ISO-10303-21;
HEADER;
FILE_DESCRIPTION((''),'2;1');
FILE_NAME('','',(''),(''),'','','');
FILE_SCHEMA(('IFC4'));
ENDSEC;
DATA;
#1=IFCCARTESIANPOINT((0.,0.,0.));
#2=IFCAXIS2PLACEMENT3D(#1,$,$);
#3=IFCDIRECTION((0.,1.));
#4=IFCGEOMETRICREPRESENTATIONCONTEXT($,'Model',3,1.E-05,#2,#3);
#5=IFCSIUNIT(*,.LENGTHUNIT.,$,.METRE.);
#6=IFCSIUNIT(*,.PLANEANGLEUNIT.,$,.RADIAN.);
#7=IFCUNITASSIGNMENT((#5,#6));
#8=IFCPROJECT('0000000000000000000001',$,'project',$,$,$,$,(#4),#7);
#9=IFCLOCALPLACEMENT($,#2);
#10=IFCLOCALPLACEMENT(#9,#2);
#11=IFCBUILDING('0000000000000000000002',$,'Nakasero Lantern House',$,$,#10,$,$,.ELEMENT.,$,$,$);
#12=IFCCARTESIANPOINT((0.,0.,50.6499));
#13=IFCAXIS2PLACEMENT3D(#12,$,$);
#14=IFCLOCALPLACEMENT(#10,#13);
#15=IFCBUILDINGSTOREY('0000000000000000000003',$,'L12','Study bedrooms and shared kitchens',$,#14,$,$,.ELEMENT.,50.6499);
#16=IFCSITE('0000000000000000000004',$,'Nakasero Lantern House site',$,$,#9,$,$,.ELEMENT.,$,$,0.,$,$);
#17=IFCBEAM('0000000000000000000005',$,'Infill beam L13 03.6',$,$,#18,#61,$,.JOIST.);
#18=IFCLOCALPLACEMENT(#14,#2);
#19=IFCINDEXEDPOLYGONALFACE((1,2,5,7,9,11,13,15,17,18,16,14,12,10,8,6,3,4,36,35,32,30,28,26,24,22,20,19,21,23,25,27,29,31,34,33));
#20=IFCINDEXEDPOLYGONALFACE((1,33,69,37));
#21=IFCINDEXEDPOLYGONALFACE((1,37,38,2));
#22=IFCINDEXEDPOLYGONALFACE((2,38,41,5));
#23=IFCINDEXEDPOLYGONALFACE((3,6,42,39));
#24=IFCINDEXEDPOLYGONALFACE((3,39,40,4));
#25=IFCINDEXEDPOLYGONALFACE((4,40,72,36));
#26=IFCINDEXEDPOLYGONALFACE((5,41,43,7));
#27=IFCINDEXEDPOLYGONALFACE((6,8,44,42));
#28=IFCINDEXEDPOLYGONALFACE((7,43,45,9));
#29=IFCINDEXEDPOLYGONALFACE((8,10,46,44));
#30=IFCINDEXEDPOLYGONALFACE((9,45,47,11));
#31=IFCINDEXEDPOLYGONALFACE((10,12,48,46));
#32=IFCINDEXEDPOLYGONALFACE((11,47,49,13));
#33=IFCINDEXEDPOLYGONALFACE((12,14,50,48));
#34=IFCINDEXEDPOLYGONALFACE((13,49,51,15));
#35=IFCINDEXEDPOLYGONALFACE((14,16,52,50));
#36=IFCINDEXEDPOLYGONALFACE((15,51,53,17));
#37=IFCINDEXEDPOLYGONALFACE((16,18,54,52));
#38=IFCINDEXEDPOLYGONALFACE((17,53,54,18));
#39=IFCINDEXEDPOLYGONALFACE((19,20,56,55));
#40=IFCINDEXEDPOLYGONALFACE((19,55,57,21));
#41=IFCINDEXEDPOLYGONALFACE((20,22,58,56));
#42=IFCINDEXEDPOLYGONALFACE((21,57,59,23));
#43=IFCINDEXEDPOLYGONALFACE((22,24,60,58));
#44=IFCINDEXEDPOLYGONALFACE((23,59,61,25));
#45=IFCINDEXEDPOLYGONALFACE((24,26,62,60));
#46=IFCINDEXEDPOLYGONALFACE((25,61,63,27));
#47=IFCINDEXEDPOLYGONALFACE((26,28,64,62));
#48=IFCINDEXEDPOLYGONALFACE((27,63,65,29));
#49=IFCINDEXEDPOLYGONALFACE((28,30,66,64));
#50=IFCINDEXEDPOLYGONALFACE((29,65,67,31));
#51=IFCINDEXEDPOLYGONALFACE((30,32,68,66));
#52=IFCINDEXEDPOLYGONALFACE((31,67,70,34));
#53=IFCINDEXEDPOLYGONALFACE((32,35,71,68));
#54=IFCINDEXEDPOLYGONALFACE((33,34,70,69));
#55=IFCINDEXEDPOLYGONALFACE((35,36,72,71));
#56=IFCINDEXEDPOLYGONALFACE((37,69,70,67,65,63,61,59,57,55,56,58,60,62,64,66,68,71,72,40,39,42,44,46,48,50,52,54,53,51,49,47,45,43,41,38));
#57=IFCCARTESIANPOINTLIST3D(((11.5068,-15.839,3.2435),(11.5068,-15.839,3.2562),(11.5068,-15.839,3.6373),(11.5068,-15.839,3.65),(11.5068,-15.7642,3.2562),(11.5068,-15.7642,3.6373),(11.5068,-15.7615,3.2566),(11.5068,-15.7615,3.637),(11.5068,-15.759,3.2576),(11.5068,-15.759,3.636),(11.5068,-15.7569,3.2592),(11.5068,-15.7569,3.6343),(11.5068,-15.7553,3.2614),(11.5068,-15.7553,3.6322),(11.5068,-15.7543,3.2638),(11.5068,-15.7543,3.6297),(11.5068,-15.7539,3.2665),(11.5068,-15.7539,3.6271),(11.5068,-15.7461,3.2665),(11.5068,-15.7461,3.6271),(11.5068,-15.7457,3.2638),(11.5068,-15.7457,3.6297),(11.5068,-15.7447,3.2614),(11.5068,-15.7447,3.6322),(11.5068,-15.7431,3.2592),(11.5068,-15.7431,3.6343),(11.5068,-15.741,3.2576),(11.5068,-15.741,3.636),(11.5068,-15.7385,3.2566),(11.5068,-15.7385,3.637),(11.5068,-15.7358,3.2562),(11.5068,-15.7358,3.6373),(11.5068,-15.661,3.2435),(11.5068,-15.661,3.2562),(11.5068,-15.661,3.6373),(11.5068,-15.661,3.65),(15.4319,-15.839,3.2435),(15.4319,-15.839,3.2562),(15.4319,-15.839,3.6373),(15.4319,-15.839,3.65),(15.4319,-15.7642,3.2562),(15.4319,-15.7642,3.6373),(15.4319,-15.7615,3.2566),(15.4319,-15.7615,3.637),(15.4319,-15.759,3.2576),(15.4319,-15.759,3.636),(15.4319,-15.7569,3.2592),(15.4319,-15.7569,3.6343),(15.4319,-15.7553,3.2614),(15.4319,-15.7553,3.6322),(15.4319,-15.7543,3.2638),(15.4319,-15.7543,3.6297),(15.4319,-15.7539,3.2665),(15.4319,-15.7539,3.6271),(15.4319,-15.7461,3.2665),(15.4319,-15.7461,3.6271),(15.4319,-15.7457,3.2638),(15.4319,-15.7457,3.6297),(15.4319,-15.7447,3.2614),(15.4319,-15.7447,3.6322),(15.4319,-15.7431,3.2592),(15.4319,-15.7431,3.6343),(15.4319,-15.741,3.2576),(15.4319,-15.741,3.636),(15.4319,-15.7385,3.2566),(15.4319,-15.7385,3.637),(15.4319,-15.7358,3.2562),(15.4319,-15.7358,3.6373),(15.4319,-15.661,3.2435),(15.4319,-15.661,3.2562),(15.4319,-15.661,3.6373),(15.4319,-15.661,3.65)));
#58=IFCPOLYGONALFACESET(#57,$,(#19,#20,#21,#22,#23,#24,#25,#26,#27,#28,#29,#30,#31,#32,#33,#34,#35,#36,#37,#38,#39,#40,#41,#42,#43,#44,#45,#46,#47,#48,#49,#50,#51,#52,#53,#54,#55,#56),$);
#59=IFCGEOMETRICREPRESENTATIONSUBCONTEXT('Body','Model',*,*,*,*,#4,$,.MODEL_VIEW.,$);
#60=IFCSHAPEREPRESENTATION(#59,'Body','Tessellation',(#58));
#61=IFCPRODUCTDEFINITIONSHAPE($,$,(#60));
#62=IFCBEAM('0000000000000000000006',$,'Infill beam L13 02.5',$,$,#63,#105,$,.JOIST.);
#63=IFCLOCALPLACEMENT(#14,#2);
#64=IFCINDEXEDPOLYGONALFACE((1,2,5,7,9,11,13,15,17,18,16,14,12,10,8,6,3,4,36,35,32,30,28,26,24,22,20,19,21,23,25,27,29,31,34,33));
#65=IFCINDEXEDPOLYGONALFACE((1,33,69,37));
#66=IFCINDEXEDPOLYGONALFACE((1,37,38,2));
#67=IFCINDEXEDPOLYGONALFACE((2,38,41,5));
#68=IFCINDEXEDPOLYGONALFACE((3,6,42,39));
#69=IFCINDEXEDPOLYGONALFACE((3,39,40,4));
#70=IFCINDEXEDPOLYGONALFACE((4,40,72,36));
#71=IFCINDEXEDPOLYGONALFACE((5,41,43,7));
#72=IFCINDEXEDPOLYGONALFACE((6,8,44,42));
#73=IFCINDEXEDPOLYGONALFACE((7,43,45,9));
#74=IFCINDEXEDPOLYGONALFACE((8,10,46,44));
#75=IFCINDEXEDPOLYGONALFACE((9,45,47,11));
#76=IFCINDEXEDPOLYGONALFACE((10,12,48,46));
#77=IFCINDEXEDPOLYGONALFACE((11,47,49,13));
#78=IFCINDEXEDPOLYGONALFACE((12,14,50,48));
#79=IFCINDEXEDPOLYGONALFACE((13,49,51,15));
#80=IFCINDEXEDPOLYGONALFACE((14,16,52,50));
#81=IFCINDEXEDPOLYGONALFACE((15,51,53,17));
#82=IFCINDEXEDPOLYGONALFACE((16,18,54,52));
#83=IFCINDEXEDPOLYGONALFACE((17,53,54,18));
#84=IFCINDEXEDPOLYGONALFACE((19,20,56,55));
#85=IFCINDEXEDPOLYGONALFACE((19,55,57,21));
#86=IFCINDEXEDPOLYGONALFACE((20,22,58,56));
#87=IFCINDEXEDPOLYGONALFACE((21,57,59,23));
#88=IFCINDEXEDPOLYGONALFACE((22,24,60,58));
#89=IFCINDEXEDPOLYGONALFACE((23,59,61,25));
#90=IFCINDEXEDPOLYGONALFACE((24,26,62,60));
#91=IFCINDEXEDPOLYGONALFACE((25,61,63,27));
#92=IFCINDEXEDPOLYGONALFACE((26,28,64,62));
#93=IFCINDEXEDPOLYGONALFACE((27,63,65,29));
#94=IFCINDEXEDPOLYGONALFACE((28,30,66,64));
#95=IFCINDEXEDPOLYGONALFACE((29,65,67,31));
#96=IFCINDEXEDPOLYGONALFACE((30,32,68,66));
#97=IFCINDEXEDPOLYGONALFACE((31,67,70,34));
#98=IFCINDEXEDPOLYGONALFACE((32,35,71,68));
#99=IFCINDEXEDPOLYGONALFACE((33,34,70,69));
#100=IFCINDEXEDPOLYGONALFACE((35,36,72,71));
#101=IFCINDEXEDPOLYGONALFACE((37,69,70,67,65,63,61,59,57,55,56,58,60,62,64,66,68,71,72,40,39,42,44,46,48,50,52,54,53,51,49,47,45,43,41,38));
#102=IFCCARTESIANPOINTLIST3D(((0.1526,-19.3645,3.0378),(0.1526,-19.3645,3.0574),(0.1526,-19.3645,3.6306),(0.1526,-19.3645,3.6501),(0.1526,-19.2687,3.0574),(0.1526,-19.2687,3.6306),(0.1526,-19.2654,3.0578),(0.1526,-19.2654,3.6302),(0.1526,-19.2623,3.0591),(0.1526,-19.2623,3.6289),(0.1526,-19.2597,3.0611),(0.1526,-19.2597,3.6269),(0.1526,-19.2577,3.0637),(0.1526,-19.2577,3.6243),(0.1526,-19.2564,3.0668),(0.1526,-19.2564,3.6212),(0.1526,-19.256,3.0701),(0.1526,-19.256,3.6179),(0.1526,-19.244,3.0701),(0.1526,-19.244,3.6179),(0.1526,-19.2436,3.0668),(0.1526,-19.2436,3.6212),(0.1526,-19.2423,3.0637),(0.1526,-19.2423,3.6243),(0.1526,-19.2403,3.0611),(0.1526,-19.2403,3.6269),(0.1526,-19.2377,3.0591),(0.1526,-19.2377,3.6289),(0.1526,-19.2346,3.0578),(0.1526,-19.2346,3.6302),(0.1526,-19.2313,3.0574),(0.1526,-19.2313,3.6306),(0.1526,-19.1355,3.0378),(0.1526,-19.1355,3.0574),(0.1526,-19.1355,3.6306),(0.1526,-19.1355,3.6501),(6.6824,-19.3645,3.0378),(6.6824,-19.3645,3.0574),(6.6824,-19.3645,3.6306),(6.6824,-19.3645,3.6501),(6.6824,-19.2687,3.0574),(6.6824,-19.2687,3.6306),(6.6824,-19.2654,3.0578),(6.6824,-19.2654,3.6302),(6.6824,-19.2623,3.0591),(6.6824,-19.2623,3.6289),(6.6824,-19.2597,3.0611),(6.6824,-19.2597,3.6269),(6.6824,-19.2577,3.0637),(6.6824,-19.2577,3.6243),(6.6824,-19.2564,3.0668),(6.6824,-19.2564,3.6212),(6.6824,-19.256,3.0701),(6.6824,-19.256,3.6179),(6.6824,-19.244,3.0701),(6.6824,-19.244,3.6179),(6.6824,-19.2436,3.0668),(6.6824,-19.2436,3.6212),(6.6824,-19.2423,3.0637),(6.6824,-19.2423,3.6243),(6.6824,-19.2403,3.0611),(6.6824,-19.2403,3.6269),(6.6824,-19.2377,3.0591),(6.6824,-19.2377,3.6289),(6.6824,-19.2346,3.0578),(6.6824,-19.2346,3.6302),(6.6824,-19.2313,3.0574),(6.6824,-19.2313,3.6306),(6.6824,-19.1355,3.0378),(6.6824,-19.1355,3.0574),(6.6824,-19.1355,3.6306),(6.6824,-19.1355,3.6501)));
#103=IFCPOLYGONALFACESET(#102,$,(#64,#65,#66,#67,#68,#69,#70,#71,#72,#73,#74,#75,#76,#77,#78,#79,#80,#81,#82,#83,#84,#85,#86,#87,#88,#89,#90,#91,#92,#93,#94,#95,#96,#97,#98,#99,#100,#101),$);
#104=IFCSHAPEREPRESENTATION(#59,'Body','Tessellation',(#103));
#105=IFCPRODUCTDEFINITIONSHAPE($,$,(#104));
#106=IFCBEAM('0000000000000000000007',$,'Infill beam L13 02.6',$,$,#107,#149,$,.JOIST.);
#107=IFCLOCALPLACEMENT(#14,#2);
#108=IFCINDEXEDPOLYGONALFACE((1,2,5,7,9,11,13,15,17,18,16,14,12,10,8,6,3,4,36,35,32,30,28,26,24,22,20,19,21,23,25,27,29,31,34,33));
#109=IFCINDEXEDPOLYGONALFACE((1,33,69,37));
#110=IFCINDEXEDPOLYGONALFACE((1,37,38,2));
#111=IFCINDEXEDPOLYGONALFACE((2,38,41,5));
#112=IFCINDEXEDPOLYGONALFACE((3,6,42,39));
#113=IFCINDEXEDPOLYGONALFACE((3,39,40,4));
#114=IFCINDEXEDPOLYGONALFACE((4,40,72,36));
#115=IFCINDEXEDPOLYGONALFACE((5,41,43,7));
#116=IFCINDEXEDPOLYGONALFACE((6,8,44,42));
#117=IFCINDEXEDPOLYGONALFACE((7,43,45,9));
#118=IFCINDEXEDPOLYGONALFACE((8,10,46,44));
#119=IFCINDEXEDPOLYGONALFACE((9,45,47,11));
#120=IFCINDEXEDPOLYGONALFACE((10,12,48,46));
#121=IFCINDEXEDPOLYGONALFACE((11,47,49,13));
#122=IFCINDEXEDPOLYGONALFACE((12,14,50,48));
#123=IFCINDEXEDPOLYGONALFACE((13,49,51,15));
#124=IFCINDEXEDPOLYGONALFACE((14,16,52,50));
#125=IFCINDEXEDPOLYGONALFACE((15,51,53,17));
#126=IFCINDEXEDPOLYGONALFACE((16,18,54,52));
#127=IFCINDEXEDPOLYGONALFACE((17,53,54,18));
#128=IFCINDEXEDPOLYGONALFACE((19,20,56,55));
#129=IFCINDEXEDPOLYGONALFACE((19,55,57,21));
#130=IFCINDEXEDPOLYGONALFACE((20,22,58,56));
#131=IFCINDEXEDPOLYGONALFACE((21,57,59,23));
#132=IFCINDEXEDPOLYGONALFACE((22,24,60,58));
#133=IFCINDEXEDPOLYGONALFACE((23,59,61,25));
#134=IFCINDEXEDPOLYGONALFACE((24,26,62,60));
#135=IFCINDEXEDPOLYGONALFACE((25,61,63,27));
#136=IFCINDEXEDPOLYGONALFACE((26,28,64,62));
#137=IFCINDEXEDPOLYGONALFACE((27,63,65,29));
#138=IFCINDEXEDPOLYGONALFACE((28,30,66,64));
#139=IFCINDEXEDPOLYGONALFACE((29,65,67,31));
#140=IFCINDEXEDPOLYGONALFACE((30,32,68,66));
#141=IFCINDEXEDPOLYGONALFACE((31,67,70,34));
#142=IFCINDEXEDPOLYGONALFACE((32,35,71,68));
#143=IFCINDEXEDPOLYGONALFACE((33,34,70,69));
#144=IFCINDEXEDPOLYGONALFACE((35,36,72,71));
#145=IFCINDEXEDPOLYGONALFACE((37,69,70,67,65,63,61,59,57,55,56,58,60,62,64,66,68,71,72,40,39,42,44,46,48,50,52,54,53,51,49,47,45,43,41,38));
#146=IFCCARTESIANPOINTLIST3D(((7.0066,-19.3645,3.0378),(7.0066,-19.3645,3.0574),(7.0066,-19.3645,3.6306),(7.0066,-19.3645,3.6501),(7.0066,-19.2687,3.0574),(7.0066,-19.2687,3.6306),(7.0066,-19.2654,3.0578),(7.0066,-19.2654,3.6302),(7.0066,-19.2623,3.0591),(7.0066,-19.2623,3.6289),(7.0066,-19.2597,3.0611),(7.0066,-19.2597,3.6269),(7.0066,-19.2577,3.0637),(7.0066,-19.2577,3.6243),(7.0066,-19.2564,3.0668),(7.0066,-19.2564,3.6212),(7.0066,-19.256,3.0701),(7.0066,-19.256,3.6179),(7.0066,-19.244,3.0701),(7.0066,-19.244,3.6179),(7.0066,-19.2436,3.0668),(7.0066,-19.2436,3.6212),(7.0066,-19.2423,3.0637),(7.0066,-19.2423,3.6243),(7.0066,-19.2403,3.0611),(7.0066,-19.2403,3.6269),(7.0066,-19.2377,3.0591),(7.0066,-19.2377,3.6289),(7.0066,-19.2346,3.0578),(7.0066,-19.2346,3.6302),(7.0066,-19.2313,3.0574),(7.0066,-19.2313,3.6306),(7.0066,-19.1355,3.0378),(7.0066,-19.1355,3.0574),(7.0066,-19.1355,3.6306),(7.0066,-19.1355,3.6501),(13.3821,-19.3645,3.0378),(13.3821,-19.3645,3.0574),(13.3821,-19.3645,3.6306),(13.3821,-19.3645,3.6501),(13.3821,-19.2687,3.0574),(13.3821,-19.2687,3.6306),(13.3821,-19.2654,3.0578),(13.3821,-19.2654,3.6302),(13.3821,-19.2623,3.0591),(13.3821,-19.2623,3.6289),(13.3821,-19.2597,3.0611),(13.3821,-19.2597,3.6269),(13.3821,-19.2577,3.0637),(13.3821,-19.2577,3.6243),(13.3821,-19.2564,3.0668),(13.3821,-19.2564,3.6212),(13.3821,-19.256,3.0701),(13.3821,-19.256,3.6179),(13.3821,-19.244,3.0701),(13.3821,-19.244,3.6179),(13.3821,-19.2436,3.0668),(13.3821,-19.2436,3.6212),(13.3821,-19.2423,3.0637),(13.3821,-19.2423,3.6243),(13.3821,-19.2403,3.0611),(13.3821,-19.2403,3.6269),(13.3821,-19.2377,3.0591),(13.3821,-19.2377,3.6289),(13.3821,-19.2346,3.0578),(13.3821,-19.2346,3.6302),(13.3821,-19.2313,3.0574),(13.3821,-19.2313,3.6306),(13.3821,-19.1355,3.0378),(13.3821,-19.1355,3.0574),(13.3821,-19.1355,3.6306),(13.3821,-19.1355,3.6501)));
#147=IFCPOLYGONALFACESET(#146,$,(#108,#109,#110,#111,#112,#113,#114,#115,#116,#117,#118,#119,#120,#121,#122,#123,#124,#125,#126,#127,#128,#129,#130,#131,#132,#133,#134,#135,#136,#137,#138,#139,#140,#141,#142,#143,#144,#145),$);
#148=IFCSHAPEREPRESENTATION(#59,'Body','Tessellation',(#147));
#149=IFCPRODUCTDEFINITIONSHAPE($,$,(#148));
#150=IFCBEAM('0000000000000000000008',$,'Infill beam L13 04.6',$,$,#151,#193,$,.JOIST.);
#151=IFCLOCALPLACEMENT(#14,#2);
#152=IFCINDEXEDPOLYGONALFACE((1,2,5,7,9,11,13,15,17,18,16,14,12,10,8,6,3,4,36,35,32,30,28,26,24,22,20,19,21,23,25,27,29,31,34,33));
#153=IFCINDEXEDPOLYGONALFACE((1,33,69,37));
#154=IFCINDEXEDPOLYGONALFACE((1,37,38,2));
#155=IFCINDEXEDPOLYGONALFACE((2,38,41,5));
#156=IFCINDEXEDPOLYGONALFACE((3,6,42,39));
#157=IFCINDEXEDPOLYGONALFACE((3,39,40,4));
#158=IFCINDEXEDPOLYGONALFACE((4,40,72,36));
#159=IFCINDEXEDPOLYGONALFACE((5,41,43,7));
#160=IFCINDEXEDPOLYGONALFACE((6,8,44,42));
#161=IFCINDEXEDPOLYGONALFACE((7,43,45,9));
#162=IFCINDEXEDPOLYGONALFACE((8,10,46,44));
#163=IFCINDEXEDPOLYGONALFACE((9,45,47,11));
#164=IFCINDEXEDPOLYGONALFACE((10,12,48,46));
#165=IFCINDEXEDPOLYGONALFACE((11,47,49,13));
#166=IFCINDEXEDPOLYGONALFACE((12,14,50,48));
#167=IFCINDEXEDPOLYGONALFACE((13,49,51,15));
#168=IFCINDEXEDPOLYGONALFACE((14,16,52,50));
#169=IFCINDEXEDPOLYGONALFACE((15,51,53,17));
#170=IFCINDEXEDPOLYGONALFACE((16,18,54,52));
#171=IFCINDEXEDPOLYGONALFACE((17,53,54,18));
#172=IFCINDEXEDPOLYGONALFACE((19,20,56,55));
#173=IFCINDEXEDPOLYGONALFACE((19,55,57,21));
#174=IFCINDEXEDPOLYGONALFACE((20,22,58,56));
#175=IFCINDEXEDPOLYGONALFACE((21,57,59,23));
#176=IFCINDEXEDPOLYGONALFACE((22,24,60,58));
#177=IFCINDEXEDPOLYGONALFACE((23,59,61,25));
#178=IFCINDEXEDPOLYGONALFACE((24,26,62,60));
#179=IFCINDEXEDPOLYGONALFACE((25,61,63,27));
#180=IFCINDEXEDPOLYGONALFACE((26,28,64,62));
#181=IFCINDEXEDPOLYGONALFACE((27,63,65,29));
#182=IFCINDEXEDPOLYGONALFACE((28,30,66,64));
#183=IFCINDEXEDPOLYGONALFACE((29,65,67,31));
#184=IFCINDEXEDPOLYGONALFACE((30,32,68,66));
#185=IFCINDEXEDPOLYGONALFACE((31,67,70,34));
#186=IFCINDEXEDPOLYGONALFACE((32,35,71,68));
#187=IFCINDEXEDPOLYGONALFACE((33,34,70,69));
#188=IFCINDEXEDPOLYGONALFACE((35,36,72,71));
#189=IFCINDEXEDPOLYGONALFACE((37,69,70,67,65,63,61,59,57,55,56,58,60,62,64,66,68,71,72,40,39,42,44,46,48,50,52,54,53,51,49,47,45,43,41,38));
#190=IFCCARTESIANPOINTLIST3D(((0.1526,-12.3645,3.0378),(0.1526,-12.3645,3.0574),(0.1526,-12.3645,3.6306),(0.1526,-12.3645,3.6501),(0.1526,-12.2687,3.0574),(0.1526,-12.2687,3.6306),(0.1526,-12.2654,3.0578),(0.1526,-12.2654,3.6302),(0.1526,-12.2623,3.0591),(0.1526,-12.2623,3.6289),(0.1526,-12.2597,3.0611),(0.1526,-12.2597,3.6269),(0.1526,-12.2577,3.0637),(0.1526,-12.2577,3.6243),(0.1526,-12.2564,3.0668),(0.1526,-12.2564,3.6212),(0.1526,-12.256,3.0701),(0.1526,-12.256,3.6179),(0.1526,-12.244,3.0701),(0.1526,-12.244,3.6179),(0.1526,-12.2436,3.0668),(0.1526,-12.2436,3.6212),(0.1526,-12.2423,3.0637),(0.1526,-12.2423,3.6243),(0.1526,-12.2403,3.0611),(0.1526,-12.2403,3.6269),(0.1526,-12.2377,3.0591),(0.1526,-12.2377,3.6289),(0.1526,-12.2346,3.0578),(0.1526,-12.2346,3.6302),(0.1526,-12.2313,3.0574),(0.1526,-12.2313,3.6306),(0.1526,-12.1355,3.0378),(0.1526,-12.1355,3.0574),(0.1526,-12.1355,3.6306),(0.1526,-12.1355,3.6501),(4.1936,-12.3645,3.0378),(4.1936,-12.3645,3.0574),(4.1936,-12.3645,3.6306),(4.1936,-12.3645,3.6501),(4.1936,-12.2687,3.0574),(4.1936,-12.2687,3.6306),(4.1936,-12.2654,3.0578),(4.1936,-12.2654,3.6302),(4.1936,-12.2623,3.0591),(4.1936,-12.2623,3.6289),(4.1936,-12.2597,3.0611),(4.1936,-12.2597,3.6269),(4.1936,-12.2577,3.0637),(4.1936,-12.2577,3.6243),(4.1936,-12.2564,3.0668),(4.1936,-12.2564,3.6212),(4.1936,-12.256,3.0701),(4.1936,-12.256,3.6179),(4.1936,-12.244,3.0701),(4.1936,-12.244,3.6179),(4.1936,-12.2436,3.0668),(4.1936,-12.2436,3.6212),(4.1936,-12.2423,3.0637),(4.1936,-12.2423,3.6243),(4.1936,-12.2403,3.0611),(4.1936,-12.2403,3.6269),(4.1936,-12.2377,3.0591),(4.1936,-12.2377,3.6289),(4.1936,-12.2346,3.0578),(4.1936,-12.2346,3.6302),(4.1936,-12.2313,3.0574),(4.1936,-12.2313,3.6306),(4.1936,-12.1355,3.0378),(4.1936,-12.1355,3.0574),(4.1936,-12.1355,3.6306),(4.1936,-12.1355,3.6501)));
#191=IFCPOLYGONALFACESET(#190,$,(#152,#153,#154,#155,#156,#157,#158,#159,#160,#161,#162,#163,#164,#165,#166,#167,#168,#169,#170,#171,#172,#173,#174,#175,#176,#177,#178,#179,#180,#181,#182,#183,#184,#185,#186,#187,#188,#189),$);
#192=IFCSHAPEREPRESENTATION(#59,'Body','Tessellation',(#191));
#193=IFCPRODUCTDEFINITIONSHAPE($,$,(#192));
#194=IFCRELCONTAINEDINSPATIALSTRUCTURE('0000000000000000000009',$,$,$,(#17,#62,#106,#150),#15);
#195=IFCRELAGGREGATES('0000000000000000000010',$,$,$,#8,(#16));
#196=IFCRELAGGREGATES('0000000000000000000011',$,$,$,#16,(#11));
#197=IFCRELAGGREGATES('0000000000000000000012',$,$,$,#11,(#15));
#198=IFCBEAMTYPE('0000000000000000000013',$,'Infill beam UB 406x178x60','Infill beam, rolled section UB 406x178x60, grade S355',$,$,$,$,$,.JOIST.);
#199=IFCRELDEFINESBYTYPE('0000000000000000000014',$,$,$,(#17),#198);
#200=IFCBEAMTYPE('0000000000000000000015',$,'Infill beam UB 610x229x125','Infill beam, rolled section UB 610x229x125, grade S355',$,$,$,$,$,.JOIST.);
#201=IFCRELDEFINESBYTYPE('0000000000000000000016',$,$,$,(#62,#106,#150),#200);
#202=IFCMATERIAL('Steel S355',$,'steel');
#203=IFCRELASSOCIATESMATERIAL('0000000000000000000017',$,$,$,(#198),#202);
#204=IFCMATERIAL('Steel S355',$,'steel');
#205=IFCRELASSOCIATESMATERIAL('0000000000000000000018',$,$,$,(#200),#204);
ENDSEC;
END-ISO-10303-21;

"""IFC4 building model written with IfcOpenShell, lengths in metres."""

from ifc_helpers import new_model, si_unit, direction, frame, origin, origin_2d, place, context, subcontext, project, spatial, i_section, extrude, material, material_profile, profile_set, type_object, element, save


model = new_model("IFC4")

# Units and contexts
model_context = context("Model", 3, precision=1e-05, world=origin(), true_north=direction((0.0, 1.0)))
body_context = subcontext(model_context, "Body", "Model", "MODEL_VIEW")
ifc_project = project(units=[si_unit("LENGTHUNIT", "METRE"), si_unit("PLANEANGLEUNIT", "RADIAN")], contexts=[model_context])

# Site, building, storey
site_placement = place(None, origin())
site = spatial("IfcSite", under=ifc_project, at=site_placement, Name="Nakasero Lantern House site", CompositionType="ELEMENT", RefElevation=0.0)
building_placement = place(site_placement, origin())
building = spatial("IfcBuilding", under=site, at=building_placement, Name="Nakasero Lantern House", CompositionType="ELEMENT")
storey_placement = place(building_placement, frame((0.0, 0.0, 50.6499)))
storey = spatial("IfcBuildingStorey", under=building, at=storey_placement, Name="L12", Description="Study bedrooms and shared kitchens", CompositionType="ELEMENT", Elevation=50.6499)

# Beams
ifc_material_1 = material(Name="Steel S355", Category="steel")
ifc_material_profile_1 = material_profile(ifc_material_1, i_section(OverallWidth=0.178, OverallDepth=0.4065, WebThickness=0.0078, FlangeThickness=0.0127, FilletRadius=0.0103, at=origin_2d()), Name="UB 406x178x60")
ifc_profile_set_1 = profile_set([ifc_material_profile_1], Name="Steel S355")
beam_type_1 = type_object("IfcBeamType", Name="Infill beam UB 406x178x60", Description="Infill beam, rolled section UB 406x178x60, grade S355", PredefinedType="JOIST", material=ifc_profile_set_1)
beam_1_placement = place(storey_placement, frame((11.5068, -15.75, 3.4468), z_axis=(1.0, 0.0, 0.0), x_axis=(0.0, 1.0, 0.0)))
element("IfcBeam", 1, at=beam_1_placement, inside=storey, type_object=beam_type_1, Name="Infill beam L13 03.6", PredefinedType="JOIST", context=body_context, shape_type="SweptSolid", body=[
    extrude(i_section(OverallWidth=0.178, OverallDepth=0.4065, WebThickness=0.0078, FlangeThickness=0.0127, FilletRadius=0.0103, at=origin_2d()), origin(), (0.0, 0.0, 1.0), 3.925),
])
ifc_material_2 = material(Name="Steel S355", Category="steel")
ifc_material_profile_2 = material_profile(ifc_material_2, i_section(OverallWidth=0.229, OverallDepth=0.6123, WebThickness=0.012, FlangeThickness=0.0195, FilletRadius=0.0127, at=origin_2d()), Name="UB 610x229x125")
ifc_profile_set_2 = profile_set([ifc_material_profile_2], Name="Steel S355")
beam_type_2 = type_object("IfcBeamType", Name="Infill beam UB 610x229x125", Description="Infill beam, rolled section UB 610x229x125, grade S355", PredefinedType="JOIST", material=ifc_profile_set_2)
beam_2_placement = place(storey_placement, frame((0.1526, -19.25, 3.344), z_axis=(1.0, 0.0, 0.0), x_axis=(0.0, 1.0, 0.0)))
element("IfcBeam", 2, at=beam_2_placement, inside=storey, type_object=beam_type_2, Name="Infill beam L13 02.5", PredefinedType="JOIST", context=body_context, shape_type="SweptSolid", body=[
    extrude(i_section(OverallWidth=0.229, OverallDepth=0.6123, WebThickness=0.012, FlangeThickness=0.0195, FilletRadius=0.0127, at=origin_2d()), origin(), (0.0, 0.0, 1.0), 6.5298),
])
beam_3_placement = place(storey_placement, frame((7.0066, -19.25, 3.344), z_axis=(1.0, 0.0, 0.0), x_axis=(0.0, 1.0, 0.0)))
element("IfcBeam", 3, at=beam_3_placement, inside=storey, type_object=beam_type_2, Name="Infill beam L13 02.6", PredefinedType="JOIST", context=body_context, shape_type="SweptSolid", body=[
    extrude(i_section(OverallWidth=0.229, OverallDepth=0.6123, WebThickness=0.012, FlangeThickness=0.0195, FilletRadius=0.0127, at=origin_2d()), origin(), (0.0, 0.0, 1.0), 6.3755),
])
beam_4_placement = place(storey_placement, frame((0.1526, -12.25, 3.344), z_axis=(1.0, 0.0, 0.0), x_axis=(0.0, 1.0, 0.0)))
element("IfcBeam", 4, at=beam_4_placement, inside=storey, type_object=beam_type_2, Name="Infill beam L13 04.6", PredefinedType="JOIST", context=body_context, shape_type="SweptSolid", body=[
    extrude(i_section(OverallWidth=0.229, OverallDepth=0.6123, WebThickness=0.012, FlangeThickness=0.0195, FilletRadius=0.0127, at=origin_2d()), origin(), (0.0, 0.0, 1.0), 4.041),
])

save(model, "model.ifc")
